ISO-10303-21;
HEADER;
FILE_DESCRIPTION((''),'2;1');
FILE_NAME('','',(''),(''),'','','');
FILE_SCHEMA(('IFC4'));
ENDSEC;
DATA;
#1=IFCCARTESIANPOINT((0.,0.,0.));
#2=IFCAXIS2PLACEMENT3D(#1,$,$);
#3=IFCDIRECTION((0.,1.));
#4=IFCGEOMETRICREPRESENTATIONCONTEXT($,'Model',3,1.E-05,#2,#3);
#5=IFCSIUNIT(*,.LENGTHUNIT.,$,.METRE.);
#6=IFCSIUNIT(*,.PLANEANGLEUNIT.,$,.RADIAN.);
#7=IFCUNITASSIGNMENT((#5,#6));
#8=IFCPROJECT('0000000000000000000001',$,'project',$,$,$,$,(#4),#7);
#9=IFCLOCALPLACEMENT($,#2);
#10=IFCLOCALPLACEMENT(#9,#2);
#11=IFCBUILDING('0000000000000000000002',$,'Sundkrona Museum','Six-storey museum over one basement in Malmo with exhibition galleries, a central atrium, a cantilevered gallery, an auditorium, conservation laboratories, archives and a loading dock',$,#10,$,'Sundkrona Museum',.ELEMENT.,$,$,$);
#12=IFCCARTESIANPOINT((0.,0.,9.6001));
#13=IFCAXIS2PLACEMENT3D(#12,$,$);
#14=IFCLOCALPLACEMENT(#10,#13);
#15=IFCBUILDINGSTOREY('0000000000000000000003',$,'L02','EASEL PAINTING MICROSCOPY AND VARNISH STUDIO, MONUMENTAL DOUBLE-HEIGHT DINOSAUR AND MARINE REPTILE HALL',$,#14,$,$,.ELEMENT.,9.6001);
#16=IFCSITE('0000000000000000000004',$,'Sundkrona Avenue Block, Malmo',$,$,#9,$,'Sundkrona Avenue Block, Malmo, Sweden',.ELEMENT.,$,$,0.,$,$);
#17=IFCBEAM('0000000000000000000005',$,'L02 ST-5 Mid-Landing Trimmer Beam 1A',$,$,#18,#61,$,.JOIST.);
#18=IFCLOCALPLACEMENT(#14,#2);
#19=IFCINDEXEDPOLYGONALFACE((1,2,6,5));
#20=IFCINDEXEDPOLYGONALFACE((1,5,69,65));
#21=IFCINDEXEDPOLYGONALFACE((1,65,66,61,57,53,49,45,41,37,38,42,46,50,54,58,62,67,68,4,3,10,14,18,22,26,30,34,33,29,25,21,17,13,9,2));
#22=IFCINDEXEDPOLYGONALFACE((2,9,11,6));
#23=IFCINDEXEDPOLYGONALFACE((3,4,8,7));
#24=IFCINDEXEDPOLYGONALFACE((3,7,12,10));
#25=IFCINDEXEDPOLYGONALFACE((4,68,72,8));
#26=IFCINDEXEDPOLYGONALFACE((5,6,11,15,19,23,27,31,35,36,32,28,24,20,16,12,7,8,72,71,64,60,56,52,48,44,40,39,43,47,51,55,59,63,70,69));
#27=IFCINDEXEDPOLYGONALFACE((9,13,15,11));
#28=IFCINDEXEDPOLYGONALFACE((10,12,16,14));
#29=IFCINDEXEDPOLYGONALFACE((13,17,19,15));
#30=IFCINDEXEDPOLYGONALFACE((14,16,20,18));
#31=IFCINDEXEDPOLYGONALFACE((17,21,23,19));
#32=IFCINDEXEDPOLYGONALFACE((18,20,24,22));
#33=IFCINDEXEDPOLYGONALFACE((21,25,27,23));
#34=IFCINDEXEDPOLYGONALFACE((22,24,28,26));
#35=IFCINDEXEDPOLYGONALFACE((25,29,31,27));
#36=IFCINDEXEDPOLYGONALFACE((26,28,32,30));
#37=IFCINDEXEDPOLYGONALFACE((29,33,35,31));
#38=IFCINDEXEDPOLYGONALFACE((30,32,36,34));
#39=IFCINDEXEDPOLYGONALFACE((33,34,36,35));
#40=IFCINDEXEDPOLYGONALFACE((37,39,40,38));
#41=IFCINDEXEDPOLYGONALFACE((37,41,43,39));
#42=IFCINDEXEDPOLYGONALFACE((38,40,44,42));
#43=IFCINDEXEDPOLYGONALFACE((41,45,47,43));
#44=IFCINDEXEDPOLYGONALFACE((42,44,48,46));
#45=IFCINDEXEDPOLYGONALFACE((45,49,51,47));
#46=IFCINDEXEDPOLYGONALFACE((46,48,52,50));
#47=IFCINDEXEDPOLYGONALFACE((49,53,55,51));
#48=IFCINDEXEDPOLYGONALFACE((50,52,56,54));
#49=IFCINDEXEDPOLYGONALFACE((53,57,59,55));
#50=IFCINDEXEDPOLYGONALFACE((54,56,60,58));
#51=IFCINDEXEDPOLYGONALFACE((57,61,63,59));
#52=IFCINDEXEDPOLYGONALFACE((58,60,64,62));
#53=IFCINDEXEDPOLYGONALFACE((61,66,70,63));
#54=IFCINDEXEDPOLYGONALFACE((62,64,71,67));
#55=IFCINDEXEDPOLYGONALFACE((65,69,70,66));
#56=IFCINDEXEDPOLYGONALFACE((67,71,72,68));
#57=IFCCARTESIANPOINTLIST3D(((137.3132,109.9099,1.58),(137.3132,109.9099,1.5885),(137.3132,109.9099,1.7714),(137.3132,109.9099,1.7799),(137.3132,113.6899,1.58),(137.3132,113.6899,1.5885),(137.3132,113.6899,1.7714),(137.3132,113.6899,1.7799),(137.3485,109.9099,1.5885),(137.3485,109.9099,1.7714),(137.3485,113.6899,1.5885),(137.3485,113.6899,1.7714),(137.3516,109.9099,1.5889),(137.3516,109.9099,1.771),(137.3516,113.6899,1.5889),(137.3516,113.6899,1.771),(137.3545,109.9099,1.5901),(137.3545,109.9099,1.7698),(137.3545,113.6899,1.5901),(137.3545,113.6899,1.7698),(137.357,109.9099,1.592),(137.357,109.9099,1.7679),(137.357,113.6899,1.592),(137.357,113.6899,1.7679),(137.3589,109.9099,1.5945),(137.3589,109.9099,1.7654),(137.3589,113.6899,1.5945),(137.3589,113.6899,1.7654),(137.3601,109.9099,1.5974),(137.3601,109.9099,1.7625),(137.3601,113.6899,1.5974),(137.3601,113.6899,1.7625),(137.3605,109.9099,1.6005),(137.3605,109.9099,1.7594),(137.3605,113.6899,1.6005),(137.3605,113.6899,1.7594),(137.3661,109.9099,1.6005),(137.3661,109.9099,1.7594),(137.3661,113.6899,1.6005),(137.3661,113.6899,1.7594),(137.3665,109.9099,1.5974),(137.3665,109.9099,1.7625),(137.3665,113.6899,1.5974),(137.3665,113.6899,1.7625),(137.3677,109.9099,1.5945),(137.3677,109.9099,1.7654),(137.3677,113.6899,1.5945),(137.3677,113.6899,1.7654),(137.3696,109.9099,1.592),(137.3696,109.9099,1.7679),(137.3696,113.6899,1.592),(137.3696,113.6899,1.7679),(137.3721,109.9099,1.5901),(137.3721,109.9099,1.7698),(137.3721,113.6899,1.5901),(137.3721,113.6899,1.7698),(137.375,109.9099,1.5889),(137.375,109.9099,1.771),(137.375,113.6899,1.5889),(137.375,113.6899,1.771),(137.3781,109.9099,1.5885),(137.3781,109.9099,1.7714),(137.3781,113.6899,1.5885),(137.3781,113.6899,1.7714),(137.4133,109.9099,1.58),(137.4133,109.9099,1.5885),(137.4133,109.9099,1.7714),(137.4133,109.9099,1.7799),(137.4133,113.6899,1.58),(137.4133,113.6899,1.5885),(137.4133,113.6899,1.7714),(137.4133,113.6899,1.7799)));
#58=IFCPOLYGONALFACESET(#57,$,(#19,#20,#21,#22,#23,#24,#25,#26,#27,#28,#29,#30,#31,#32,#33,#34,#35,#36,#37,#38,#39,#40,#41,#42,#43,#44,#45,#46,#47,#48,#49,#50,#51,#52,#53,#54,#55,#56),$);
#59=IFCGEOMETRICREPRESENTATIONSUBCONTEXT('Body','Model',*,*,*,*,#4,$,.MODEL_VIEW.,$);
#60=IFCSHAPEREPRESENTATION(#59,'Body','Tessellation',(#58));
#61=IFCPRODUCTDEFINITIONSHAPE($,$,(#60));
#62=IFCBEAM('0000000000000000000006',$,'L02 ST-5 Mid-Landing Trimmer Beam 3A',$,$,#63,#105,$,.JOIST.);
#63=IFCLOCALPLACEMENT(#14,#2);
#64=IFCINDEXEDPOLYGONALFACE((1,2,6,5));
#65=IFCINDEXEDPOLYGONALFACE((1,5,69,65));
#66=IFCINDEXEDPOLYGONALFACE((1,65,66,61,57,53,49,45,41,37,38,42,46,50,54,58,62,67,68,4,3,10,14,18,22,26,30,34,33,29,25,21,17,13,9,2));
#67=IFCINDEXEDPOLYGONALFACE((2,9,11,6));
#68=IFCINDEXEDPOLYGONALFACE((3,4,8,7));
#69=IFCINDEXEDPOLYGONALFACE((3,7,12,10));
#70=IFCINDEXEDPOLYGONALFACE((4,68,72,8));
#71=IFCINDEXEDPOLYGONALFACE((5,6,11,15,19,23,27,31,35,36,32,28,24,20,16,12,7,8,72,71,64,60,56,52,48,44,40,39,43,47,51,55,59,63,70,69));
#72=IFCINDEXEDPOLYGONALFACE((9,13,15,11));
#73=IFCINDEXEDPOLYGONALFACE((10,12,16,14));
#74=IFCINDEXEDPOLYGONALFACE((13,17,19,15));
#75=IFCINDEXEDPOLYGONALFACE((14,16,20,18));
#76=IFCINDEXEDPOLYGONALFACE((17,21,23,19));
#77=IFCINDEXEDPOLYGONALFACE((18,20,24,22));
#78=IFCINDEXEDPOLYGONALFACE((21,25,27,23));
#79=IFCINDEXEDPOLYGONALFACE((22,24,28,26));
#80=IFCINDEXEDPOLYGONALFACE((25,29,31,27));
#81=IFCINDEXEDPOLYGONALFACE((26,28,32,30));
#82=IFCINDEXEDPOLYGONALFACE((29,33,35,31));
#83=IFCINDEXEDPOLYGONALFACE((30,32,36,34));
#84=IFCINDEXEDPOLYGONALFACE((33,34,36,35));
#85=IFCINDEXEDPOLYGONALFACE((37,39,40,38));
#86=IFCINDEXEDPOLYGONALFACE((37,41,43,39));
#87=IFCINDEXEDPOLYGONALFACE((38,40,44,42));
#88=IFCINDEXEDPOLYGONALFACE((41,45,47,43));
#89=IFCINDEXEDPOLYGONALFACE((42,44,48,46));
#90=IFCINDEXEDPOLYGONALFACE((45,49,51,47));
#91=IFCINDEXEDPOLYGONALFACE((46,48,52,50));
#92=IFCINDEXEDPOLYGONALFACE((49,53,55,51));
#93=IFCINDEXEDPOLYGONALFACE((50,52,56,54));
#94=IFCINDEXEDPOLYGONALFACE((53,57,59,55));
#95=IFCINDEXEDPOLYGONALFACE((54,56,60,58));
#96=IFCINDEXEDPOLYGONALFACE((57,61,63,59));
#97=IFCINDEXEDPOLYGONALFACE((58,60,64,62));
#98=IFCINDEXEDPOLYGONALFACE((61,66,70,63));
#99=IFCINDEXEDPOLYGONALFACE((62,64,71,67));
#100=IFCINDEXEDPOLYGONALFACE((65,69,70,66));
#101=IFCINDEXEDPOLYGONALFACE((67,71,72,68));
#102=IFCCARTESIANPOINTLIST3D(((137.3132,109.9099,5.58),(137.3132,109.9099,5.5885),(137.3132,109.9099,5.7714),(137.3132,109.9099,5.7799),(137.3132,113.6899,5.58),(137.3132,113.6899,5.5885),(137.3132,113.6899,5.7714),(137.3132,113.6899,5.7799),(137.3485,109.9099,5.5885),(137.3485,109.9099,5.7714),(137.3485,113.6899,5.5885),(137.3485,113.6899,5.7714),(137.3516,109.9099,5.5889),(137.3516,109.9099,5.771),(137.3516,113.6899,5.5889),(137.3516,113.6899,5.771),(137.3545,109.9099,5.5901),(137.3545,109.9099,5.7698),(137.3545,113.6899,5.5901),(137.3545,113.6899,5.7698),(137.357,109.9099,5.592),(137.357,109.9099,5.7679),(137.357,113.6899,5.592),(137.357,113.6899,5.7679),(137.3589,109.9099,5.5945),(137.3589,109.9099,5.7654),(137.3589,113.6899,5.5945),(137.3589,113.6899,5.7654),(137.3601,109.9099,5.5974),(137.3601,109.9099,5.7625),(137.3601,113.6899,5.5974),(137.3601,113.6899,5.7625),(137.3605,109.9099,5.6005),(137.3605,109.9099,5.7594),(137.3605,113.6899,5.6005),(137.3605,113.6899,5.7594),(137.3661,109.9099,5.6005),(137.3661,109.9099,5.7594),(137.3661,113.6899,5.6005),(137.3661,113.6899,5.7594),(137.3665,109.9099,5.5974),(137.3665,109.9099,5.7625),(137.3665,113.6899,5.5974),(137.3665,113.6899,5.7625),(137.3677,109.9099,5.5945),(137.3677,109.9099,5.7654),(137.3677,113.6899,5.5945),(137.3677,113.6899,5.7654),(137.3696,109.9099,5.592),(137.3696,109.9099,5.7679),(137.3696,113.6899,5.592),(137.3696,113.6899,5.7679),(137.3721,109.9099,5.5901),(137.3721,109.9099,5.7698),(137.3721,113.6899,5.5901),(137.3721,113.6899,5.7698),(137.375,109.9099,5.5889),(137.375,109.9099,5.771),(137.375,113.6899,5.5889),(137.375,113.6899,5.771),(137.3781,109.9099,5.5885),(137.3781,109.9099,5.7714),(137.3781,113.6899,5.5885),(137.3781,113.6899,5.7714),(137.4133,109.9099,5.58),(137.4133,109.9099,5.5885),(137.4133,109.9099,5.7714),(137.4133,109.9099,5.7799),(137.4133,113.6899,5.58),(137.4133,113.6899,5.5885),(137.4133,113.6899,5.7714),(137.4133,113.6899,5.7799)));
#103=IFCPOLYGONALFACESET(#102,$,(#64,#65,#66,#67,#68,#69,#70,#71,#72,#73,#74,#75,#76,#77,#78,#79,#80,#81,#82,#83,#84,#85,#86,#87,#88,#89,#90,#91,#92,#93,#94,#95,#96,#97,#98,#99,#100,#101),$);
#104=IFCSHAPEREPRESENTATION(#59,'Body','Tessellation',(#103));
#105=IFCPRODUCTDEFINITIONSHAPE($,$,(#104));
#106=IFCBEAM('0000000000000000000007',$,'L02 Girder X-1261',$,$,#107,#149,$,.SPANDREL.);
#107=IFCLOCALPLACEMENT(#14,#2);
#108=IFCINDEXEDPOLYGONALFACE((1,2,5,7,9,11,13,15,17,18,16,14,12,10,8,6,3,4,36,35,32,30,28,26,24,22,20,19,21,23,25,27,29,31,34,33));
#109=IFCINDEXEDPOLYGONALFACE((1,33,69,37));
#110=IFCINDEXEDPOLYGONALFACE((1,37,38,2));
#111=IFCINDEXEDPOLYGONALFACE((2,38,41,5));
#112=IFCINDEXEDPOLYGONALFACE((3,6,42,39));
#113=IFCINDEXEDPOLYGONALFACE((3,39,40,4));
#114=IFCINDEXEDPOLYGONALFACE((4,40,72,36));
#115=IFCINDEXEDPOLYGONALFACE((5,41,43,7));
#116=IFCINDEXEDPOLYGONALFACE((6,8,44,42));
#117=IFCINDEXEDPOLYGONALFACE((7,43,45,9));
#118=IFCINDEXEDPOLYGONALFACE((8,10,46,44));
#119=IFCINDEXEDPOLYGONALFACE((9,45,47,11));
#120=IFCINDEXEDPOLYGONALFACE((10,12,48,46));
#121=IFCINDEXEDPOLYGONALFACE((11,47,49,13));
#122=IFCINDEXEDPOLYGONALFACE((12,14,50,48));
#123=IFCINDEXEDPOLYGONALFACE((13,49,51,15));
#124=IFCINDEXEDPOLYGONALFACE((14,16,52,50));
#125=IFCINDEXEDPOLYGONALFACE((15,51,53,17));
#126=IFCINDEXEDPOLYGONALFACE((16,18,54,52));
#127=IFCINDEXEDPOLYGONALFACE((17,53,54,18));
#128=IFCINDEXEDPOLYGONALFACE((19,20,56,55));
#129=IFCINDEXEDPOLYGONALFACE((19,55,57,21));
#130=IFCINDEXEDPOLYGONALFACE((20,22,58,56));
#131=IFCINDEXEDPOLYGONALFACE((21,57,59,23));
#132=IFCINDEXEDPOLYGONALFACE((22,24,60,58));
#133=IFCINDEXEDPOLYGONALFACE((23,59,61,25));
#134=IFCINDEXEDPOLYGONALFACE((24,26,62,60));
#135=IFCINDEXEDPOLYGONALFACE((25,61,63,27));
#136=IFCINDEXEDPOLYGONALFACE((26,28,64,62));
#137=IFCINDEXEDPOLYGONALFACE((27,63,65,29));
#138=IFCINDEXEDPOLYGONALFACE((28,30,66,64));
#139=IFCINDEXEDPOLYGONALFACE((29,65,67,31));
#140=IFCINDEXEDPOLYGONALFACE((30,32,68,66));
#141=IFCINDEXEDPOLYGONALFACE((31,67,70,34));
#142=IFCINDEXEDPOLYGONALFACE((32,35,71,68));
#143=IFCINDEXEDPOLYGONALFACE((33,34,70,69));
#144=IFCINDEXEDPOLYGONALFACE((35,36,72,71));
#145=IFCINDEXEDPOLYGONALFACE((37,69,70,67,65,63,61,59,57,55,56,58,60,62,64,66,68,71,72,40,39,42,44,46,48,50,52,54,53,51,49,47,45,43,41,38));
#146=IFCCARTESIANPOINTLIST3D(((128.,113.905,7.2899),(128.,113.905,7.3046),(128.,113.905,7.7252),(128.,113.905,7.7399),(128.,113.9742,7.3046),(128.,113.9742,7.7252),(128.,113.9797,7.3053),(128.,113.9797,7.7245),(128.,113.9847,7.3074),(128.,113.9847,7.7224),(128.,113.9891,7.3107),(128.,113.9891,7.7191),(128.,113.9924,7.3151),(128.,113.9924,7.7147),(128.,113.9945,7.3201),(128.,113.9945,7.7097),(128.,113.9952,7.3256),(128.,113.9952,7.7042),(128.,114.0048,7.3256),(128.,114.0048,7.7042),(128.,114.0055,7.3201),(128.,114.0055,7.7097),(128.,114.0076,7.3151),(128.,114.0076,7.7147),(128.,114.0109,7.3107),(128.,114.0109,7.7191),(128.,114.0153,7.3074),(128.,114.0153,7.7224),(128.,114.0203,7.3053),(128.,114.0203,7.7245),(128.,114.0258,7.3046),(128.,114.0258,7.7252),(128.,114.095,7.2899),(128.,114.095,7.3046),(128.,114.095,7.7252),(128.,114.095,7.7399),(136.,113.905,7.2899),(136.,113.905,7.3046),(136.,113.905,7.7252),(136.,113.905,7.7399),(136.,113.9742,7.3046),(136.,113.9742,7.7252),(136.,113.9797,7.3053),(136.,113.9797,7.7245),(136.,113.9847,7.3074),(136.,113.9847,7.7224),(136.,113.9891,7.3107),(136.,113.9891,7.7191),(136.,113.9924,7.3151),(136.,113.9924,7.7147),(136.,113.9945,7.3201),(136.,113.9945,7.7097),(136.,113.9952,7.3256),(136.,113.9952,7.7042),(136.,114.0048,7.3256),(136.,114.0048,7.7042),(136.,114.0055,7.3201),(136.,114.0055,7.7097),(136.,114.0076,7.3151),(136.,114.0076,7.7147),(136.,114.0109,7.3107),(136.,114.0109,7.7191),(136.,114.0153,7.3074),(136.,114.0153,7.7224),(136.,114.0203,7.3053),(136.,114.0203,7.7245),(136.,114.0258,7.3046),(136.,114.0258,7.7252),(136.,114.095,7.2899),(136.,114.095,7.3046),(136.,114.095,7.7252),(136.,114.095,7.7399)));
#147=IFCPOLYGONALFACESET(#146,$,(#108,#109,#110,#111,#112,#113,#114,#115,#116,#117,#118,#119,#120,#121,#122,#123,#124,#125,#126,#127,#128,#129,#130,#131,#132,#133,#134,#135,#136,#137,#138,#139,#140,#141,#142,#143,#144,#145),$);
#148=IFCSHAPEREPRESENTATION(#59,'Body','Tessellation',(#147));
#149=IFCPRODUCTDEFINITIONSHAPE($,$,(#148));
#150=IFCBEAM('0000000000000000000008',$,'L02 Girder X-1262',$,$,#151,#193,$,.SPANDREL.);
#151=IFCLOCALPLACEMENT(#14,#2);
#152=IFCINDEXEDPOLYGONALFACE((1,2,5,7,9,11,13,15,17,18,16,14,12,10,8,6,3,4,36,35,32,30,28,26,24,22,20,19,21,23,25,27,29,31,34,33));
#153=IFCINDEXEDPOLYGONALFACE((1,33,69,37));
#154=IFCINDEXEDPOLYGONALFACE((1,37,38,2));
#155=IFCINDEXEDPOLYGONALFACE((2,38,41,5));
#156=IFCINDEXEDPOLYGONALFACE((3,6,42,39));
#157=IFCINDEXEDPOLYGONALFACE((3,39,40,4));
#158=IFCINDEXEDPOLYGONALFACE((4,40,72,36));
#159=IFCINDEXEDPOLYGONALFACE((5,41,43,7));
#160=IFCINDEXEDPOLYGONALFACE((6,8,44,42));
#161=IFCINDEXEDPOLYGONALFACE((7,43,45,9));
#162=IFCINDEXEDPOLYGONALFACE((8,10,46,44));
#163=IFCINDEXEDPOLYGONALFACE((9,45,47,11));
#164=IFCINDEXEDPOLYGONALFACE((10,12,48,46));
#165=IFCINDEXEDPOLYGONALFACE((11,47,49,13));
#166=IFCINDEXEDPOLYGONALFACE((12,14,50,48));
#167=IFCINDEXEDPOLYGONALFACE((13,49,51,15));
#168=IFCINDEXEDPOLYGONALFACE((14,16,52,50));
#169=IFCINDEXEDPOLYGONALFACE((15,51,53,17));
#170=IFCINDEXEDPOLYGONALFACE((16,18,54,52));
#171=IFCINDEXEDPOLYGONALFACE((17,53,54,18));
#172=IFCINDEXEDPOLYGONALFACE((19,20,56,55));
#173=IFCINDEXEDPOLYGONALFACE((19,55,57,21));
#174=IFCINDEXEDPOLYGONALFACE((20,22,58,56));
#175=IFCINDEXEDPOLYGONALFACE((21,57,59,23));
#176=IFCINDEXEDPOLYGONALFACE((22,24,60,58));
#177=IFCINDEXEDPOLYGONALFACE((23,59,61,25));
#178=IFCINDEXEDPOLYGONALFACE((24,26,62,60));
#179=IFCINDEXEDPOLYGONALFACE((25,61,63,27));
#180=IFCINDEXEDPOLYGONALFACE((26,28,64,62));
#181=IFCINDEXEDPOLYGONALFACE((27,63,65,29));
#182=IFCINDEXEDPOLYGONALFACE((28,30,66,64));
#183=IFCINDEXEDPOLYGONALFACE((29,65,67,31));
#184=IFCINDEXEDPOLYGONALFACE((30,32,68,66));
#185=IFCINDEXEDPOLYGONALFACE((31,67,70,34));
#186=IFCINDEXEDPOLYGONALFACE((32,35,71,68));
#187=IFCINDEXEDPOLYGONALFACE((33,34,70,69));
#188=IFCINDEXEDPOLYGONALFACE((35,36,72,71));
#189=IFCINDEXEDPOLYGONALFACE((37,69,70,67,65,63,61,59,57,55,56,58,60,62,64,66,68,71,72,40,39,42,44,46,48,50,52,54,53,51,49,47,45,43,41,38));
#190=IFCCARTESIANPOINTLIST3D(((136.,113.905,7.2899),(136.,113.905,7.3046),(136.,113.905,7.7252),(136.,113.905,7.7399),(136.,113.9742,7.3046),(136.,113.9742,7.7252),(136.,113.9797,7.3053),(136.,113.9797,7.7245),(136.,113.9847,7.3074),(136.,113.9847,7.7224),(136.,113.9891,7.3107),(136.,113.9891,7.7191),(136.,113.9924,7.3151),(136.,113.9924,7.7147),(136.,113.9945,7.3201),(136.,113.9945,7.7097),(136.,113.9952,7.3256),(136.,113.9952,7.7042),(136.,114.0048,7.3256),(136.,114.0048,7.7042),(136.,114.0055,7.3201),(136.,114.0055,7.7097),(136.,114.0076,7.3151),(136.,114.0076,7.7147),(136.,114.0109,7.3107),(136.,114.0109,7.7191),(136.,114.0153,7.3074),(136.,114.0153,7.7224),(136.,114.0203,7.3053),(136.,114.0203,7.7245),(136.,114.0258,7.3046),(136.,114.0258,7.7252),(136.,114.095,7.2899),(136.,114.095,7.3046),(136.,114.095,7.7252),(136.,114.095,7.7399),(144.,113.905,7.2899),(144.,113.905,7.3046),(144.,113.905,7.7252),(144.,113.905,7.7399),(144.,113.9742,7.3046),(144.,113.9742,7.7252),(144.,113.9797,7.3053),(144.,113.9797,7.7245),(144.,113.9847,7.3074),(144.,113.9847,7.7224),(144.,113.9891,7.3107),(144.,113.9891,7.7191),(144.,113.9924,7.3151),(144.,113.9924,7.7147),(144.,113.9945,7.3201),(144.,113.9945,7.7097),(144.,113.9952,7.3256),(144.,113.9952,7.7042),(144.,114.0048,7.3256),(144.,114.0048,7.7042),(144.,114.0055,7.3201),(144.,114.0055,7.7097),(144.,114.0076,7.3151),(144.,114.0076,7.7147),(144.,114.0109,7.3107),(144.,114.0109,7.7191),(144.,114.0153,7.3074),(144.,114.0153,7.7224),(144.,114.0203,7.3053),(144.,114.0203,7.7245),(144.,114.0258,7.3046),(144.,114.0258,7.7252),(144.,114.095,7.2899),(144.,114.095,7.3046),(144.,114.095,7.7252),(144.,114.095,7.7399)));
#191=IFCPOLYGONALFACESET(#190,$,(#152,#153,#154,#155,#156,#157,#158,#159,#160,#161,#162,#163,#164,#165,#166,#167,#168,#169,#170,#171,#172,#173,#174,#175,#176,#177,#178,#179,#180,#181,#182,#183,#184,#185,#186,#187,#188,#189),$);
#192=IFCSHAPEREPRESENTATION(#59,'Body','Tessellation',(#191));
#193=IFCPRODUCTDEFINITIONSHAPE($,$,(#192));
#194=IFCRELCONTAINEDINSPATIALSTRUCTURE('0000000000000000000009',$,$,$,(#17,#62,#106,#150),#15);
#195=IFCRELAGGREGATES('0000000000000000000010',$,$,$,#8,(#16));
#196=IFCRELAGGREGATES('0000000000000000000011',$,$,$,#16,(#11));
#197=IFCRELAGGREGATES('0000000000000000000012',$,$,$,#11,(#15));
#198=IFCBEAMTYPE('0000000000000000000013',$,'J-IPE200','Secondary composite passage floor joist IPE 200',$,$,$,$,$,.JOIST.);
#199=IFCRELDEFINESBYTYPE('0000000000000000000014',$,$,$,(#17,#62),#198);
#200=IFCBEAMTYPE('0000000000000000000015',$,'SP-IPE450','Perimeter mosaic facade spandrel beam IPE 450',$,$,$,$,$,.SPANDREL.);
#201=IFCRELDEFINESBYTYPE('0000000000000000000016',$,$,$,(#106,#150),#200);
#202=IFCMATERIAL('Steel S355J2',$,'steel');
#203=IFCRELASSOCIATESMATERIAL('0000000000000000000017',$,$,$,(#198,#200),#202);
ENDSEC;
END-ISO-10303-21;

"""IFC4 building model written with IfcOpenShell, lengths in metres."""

from ifc_helpers import new_model, si_unit, direction, frame, origin, origin_2d, place, context, subcontext, project, spatial, i_section, extrude, material, material_profile, profile_set, type_object, element, save


model = new_model("IFC4")

# Units and contexts
model_context = context("Model", 3, precision=1e-05, world=origin(), true_north=direction((0.0, 1.0)))
body_context = subcontext(model_context, "Body", "Model", "MODEL_VIEW")
ifc_project = project(units=[si_unit("LENGTHUNIT", "METRE"), si_unit("PLANEANGLEUNIT", "RADIAN")], contexts=[model_context])

# Site, building, storey
site_placement = place(None, origin())
site = spatial("IfcSite", under=ifc_project, at=site_placement, Name="Sundkrona Avenue Block, Malmo", LongName="Sundkrona Avenue Block, Malmo, Sweden", CompositionType="ELEMENT", RefElevation=0.0)
building_placement = place(site_placement, origin())
building = spatial("IfcBuilding", under=site, at=building_placement, Name="Sundkrona Museum", Description="Six-storey museum over one basement in Malmo with exhibition galleries, a central atrium, a cantilevered gallery, an auditorium, conservation laboratories, archives and a loading dock", LongName="Sundkrona Museum", CompositionType="ELEMENT")
storey_placement = place(building_placement, frame((0.0, 0.0, 9.6001)))
storey = spatial("IfcBuildingStorey", under=building, at=storey_placement, Name="L02", Description="EASEL PAINTING MICROSCOPY AND VARNISH STUDIO, MONUMENTAL DOUBLE-HEIGHT DINOSAUR AND MARINE REPTILE HALL", CompositionType="ELEMENT", Elevation=9.6001)

# Shared definitions
ifc_material_1 = material(Name="Steel S355J2", Category="steel")

# Beams
ifc_material_profile_1 = material_profile(ifc_material_1, i_section(OverallWidth=0.1001, OverallDepth=0.2, WebThickness=0.0056, FlangeThickness=0.0085, FilletRadius=0.012, at=origin_2d()), Name="IPE 200")
ifc_profile_set_1 = profile_set([ifc_material_profile_1], Name="Steel S355J2")
beam_type_1 = type_object("IfcBeamType", Name="J-IPE200", Description="Secondary composite passage floor joist IPE 200", PredefinedType="JOIST", material=ifc_profile_set_1)
for number, where, z_axis, x_axis, name in (
    (1, (137.3633, 109.9099, 1.6799), (0.0, 1.0, 0.0), (-1.0, 0.0, 0.0), "L02 ST-5 Mid-Landing Trimmer Beam 1A"),
    (2, (137.3633, 109.9099, 5.6799), (0.0, 1.0, 0.0), (-1.0, 0.0, 0.0), "L02 ST-5 Mid-Landing Trimmer Beam 3A"),
):
    element("IfcBeam", number, at=place(storey_placement, frame(where, z_axis=z_axis, x_axis=x_axis)), inside=storey, type_object=beam_type_1, Name=name, PredefinedType="JOIST", context=body_context, shape_type="SweptSolid", body=[
        extrude(i_section(OverallWidth=0.1001, OverallDepth=0.2, WebThickness=0.0056, FlangeThickness=0.0085, FilletRadius=0.012, at=origin_2d()), origin(), (0.0, 0.0, 1.0), 3.78),
    ])
ifc_material_profile_2 = material_profile(ifc_material_1, i_section(OverallWidth=0.1899, OverallDepth=0.45, WebThickness=0.0095, FlangeThickness=0.0146, FilletRadius=0.021, at=origin_2d()), Name="IPE 450")
ifc_profile_set_2 = profile_set([ifc_material_profile_2], Name="Steel S355J2")
beam_type_2 = type_object("IfcBeamType", Name="SP-IPE450", Description="Perimeter mosaic facade spandrel beam IPE 450", PredefinedType="SPANDREL", material=ifc_profile_set_2)
for number, where, z_axis, x_axis, name in (
    (3, (128.0, 114.0, 7.5149), (1.0, 0.0, 0.0), (0.0, 1.0, 0.0), "L02 Girder X-1261"),
    (4, (136.0, 114.0, 7.5149), (1.0, 0.0, 0.0), (0.0, 1.0, 0.0), "L02 Girder X-1262"),
):
    element("IfcBeam", number, at=place(storey_placement, frame(where, z_axis=z_axis, x_axis=x_axis)), inside=storey, type_object=beam_type_2, Name=name, PredefinedType="SPANDREL", context=body_context, shape_type="SweptSolid", body=[
        extrude(i_section(OverallWidth=0.1899, OverallDepth=0.45, WebThickness=0.0095, FlangeThickness=0.0146, FilletRadius=0.021, at=origin_2d()), origin(), (0.0, 0.0, 1.0), 8.0),
    ])

save(model, "model.ifc")
